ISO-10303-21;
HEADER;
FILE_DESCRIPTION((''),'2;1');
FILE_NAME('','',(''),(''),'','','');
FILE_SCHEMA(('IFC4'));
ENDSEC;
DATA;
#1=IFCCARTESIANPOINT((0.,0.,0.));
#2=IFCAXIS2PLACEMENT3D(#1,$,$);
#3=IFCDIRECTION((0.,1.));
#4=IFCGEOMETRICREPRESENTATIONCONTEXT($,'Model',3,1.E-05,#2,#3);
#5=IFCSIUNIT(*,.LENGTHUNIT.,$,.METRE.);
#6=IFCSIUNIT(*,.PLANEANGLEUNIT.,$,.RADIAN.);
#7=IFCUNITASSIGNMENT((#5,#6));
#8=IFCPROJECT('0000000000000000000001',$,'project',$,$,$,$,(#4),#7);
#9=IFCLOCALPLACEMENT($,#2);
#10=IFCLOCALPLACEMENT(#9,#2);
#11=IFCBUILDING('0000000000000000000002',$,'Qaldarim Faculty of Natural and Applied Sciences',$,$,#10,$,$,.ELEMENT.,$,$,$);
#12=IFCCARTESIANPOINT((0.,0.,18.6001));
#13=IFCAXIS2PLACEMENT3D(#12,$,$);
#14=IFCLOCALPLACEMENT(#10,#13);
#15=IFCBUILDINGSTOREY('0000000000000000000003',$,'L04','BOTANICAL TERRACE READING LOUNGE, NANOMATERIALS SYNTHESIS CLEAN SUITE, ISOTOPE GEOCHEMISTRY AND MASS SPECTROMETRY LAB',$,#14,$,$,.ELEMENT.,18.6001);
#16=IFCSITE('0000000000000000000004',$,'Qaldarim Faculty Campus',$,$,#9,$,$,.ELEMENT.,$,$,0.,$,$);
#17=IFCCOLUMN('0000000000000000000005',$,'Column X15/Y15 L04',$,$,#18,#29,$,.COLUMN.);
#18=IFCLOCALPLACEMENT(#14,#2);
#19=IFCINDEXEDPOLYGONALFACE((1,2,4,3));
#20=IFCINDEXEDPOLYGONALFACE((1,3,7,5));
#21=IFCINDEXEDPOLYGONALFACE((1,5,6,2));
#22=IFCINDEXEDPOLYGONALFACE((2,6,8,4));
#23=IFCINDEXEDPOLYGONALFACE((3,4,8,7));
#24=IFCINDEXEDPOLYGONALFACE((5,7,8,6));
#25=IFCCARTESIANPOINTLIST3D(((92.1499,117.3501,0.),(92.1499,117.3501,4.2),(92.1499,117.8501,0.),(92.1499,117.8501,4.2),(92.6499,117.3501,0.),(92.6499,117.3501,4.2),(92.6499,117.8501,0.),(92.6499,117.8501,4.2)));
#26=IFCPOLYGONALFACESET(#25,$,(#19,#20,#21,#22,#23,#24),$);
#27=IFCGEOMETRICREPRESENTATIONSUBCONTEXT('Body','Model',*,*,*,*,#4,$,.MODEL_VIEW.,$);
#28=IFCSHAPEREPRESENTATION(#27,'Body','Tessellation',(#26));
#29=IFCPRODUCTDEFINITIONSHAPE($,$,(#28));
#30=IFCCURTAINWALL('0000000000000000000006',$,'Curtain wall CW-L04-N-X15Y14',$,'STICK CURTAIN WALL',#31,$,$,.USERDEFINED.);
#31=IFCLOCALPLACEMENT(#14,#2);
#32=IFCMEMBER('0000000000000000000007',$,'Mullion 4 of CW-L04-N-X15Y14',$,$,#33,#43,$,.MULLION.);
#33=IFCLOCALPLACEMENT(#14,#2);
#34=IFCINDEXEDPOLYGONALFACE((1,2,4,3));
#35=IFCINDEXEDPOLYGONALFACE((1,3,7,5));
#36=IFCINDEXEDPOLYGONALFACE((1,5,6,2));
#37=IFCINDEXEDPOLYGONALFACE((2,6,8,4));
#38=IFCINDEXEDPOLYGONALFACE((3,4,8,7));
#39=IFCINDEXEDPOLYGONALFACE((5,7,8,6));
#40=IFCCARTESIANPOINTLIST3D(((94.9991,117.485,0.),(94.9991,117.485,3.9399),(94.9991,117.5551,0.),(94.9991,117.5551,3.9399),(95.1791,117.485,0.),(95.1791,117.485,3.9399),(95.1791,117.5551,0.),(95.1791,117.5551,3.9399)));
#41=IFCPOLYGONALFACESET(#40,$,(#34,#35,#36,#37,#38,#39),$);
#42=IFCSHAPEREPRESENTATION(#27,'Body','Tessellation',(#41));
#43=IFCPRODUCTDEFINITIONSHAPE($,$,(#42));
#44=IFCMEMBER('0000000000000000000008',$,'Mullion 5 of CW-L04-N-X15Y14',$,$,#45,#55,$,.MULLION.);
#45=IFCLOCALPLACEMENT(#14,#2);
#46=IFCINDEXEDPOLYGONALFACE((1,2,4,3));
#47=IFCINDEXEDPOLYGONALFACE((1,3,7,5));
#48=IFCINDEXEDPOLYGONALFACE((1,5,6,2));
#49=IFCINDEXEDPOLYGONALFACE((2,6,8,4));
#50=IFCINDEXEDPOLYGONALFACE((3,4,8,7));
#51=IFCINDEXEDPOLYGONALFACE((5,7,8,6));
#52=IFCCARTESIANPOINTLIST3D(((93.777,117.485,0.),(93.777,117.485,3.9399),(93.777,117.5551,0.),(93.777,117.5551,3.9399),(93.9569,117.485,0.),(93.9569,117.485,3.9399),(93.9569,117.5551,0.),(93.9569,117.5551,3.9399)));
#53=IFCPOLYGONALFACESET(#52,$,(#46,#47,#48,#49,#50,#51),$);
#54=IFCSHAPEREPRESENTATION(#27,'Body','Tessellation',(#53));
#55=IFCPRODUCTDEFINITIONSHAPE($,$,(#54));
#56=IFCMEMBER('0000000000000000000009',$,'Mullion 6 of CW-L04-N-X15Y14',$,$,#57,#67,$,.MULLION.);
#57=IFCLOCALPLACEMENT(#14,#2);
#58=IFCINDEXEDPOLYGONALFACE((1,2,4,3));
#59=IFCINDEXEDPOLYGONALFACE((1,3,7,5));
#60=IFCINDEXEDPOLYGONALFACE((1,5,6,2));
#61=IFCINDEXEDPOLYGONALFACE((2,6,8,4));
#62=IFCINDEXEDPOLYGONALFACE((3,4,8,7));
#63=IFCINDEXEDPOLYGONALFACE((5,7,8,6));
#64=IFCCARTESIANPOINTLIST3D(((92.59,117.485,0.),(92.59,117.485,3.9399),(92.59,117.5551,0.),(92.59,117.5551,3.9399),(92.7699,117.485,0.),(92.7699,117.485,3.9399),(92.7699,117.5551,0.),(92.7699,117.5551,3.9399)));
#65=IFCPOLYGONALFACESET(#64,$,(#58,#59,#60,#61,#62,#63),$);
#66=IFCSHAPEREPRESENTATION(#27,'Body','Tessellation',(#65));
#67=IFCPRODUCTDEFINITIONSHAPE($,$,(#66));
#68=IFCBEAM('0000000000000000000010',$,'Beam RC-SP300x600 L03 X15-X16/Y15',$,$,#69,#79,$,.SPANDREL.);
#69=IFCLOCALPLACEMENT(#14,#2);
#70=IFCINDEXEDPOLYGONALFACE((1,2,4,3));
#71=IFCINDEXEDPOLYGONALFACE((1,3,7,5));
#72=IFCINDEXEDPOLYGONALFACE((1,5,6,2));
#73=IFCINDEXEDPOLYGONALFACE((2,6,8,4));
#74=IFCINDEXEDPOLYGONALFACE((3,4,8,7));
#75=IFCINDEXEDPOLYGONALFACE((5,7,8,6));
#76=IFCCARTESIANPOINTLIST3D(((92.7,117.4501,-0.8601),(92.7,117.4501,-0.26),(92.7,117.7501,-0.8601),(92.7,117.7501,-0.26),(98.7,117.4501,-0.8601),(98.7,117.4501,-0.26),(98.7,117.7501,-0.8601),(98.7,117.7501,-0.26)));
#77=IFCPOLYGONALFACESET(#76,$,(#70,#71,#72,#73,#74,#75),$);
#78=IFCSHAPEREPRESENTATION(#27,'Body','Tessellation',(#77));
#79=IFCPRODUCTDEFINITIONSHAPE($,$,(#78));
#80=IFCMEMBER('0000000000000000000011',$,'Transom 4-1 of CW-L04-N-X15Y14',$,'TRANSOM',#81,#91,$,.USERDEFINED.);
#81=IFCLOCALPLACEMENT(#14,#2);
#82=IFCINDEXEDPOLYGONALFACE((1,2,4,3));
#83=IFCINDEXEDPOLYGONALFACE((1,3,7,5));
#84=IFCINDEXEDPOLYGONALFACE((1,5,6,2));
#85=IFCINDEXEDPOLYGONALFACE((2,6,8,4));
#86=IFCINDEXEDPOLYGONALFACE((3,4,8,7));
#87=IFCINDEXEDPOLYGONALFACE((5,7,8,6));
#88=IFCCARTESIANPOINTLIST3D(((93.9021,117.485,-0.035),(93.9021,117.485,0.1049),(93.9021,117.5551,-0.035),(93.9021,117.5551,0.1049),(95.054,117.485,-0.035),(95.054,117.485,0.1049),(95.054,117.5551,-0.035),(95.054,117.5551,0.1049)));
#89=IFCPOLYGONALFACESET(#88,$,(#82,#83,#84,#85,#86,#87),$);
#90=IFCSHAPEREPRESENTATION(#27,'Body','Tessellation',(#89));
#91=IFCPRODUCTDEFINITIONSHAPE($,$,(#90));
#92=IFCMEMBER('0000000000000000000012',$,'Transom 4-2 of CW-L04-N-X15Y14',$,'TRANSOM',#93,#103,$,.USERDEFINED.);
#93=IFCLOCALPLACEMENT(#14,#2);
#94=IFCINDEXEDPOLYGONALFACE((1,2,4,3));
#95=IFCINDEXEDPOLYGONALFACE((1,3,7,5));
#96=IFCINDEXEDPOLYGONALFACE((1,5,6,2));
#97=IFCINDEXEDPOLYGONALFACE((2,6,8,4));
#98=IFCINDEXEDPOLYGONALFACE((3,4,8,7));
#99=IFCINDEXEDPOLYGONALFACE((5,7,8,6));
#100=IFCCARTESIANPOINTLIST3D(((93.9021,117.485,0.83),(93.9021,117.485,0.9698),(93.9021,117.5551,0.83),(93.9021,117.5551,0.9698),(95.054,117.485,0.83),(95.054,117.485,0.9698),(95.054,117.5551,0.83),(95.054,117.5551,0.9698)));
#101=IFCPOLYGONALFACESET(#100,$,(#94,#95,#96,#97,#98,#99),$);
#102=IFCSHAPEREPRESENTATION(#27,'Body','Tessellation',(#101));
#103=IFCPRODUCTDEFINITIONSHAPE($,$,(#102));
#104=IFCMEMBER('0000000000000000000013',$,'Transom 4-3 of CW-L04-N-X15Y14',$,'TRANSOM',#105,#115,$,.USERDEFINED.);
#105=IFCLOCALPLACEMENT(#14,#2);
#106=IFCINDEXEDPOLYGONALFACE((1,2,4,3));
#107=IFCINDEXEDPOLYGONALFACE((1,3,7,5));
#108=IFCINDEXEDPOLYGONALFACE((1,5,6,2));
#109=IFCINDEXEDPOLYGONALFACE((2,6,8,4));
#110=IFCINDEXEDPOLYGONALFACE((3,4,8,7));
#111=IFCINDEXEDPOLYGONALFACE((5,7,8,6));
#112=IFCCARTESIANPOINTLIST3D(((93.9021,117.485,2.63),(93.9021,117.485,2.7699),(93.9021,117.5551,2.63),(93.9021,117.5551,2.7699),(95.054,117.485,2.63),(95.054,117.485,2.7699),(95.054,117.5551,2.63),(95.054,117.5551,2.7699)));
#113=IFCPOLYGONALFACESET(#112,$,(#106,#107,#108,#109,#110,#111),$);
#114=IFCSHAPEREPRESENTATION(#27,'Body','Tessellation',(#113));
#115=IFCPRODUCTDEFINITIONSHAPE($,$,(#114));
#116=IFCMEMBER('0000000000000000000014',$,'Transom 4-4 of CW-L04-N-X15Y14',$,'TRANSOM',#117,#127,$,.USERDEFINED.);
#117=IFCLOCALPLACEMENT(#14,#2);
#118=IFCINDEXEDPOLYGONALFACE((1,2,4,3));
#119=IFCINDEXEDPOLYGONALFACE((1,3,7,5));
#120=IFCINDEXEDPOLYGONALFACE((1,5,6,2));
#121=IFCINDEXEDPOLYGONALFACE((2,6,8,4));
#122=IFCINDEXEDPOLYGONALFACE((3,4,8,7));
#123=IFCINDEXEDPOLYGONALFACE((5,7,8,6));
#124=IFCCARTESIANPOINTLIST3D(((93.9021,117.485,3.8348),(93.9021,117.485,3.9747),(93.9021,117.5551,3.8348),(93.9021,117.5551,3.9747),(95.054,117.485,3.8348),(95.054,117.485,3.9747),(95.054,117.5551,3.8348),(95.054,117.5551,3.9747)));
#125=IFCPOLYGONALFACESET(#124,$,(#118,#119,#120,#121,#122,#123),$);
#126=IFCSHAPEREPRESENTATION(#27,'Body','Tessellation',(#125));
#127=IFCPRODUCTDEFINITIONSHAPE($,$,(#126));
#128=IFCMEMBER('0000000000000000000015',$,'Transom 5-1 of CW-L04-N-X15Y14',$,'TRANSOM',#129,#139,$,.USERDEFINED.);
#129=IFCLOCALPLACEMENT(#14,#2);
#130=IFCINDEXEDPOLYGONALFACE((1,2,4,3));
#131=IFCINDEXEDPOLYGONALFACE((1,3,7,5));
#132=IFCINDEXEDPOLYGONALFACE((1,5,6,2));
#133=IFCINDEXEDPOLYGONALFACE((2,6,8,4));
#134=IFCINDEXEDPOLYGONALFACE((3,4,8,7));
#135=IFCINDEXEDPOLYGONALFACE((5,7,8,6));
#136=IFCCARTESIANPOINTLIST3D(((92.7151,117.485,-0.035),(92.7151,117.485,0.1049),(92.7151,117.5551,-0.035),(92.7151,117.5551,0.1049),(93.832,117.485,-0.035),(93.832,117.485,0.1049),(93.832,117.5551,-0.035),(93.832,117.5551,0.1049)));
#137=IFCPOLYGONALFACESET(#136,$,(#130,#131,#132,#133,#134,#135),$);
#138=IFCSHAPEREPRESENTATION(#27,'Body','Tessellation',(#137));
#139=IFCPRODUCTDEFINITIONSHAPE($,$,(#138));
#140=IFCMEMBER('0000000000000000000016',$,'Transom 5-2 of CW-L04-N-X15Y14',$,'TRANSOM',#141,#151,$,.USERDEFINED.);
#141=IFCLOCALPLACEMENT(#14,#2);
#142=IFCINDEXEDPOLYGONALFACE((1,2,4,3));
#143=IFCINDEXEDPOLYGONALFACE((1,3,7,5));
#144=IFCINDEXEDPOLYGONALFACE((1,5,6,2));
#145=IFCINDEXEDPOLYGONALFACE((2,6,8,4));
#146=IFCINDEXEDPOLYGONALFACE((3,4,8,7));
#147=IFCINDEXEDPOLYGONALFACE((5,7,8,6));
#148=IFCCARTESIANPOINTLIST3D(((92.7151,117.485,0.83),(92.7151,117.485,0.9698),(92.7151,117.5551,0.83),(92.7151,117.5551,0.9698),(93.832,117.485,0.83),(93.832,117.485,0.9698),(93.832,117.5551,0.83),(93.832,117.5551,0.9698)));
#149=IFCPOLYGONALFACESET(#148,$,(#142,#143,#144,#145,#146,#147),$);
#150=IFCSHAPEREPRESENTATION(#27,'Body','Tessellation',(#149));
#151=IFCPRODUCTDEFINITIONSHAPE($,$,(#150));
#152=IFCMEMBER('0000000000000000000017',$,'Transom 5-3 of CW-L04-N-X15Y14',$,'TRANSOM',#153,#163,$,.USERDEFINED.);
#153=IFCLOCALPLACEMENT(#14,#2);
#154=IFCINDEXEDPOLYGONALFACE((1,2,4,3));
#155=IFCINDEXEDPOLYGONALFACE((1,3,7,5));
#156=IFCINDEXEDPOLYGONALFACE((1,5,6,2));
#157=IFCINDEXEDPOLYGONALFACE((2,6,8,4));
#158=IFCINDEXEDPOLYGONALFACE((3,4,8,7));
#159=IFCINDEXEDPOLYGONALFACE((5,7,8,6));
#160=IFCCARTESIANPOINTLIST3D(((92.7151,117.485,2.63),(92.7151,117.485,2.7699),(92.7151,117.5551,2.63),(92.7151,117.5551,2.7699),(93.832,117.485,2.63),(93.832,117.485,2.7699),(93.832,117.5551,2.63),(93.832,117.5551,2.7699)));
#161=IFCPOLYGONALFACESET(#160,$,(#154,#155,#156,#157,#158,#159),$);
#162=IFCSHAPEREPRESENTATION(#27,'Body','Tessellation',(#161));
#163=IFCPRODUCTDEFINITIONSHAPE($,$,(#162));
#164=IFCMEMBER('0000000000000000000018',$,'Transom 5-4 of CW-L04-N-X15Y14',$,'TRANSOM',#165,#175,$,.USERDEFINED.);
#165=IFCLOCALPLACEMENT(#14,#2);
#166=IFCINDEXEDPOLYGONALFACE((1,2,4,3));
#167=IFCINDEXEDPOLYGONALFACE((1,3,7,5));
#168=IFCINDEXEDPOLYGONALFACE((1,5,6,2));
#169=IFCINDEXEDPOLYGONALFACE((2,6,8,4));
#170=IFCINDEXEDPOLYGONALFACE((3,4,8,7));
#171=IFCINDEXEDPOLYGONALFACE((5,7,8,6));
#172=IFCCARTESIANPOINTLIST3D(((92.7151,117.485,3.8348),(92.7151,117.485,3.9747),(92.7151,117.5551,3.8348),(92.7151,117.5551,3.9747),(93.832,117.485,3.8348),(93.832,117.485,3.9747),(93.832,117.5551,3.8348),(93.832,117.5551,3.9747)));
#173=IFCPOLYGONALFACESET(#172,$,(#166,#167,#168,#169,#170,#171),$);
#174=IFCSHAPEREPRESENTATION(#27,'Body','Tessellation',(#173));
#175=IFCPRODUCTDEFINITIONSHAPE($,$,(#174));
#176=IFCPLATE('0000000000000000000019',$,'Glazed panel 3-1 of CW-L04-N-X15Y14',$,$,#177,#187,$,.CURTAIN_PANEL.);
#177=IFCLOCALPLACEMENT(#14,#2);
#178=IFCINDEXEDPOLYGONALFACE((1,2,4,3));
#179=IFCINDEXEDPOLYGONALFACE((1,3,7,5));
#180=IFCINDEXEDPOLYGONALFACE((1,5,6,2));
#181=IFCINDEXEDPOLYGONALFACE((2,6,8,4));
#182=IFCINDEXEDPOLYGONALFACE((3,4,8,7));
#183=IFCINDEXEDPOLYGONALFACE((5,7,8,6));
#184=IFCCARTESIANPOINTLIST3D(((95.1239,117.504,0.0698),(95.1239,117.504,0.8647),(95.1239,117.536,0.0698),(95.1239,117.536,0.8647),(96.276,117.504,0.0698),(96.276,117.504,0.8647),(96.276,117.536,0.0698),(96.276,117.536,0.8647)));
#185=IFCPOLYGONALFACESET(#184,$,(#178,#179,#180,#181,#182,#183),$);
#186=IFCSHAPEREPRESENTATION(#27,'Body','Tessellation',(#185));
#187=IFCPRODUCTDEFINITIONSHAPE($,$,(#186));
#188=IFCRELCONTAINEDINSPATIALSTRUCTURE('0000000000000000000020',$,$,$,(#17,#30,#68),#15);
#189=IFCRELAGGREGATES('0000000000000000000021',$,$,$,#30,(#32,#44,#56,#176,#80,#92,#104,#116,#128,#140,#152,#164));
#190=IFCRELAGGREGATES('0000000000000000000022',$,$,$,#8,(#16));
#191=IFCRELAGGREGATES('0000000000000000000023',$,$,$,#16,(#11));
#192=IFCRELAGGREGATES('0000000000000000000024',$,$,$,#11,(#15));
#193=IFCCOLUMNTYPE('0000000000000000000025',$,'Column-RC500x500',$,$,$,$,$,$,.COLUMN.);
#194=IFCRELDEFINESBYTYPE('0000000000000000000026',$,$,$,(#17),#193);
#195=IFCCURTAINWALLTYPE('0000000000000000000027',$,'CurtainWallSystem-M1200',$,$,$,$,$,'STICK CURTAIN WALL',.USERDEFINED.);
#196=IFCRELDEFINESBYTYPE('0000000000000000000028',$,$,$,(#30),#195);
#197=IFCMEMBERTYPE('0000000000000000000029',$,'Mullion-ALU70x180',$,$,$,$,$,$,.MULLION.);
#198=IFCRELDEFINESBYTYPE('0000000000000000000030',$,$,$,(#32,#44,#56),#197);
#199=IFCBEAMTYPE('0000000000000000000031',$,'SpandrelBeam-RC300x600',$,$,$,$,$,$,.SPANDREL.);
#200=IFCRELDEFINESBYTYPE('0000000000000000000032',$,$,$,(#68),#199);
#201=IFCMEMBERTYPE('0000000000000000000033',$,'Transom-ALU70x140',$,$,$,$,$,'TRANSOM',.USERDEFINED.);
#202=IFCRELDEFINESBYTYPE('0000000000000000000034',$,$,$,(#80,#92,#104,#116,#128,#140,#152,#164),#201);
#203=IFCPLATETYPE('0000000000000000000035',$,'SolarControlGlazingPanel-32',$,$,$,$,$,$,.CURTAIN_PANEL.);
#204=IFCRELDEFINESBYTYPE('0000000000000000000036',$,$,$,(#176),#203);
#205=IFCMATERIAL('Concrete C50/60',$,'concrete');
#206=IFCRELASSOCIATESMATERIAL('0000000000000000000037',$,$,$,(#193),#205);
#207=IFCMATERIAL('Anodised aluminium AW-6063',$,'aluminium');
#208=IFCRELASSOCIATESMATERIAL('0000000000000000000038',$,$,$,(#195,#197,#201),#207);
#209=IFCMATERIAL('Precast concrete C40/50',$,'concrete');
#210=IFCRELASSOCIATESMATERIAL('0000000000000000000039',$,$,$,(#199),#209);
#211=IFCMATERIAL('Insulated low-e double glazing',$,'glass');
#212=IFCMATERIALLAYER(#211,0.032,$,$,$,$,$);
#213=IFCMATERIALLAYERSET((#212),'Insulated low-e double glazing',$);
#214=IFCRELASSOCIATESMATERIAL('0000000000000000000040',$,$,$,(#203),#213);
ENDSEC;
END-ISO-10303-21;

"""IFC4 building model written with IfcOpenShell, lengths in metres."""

from ifc_helpers import new_model, si_unit, direction, frame, origin, origin_2d, place, context, subcontext, project, spatial, rectangle, extrude, material, layer, layer_set, material_profile, profile_set, type_object, element, aggregate, save


model = new_model("IFC4")

# Units and contexts
model_context = context("Model", 3, precision=1e-05, world=origin(), true_north=direction((0.0, 1.0)))
body_context = subcontext(model_context, "Body", "Model", "MODEL_VIEW")
ifc_project = project(units=[si_unit("LENGTHUNIT", "METRE"), si_unit("PLANEANGLEUNIT", "RADIAN")], contexts=[model_context])

# Site, building, storey
site_placement = place(None, origin())
site = spatial("IfcSite", under=ifc_project, at=site_placement, Name="Qaldarim Faculty Campus", CompositionType="ELEMENT", RefElevation=0.0)
building_placement = place(site_placement, origin())
building = spatial("IfcBuilding", under=site, at=building_placement, Name="Qaldarim Faculty of Natural and Applied Sciences", CompositionType="ELEMENT")
storey_placement = place(building_placement, frame((0.0, 0.0, 18.6001)))
storey = spatial("IfcBuildingStorey", under=building, at=storey_placement, Name="L04", Description="BOTANICAL TERRACE READING LOUNGE, NANOMATERIALS SYNTHESIS CLEAN SUITE, ISOTOPE GEOCHEMISTRY AND MASS SPECTROMETRY LAB", CompositionType="ELEMENT", Elevation=18.6001)

# Column
ifc_material_1 = material(Name="Concrete C50/60", Category="concrete")
ifc_material_profile_1 = material_profile(ifc_material_1, rectangle(XDim=0.5, YDim=0.5, at=origin_2d()), Name="RC-C500x500")
ifc_profile_set_1 = profile_set([ifc_material_profile_1], Name="Concrete C50/60")
column_type = type_object("IfcColumnType", Name="Column-RC500x500", PredefinedType="COLUMN", material=ifc_profile_set_1)
column_placement = place(storey_placement, frame((92.3999, 117.6001, 0.0), z_axis=(0.0, 0.0, 1.0), x_axis=(1.0, 0.0, 0.0)))
element("IfcColumn", 1, at=column_placement, inside=storey, type_object=column_type, Name="Column X15/Y15 L04", PredefinedType="COLUMN", context=body_context, shape_type="SweptSolid", body=[
    extrude(rectangle(XDim=0.5, YDim=0.5, at=origin_2d()), origin(), (0.0, 0.0, 1.0), 4.2),
])

# Curtain wall, members
ifc_material_2 = material(Name="Anodised aluminium AW-6063", Category="aluminium")
curtain_wall_type = type_object("IfcCurtainWallType", Name="CurtainWallSystem-M1200", ElementType="STICK CURTAIN WALL", PredefinedType="USERDEFINED", material=ifc_material_2)
curtain_wall_placement = place(storey_placement, origin())
curtain_wall = element("IfcCurtainWall", 2, at=curtain_wall_placement, inside=storey, type_object=curtain_wall_type, Name="Curtain wall CW-L04-N-X15Y14", ObjectType="STICK CURTAIN WALL", PredefinedType="USERDEFINED")
ifc_material_profile_2 = material_profile(ifc_material_2, rectangle(XDim=0.0701, YDim=0.1799, at=origin_2d()), Name="ALU-M70x180")
ifc_profile_set_2 = profile_set([ifc_material_profile_2], Name="Anodised aluminium AW-6063")
member_type_1 = type_object("IfcMemberType", Name="Mullion-ALU70x180", PredefinedType="MULLION", material=ifc_profile_set_2)
member_1_placement = place(storey_placement, frame((95.0891, 117.52, 0.0), z_axis=(0.0, 0.0, 1.0), x_axis=(0.0, -1.0, 0.0)))
member_1 = element("IfcMember", 3, at=member_1_placement, type_object=member_type_1, Name="Mullion 4 of CW-L04-N-X15Y14", PredefinedType="MULLION", context=body_context, shape_type="SweptSolid", body=[
    extrude(rectangle(XDim=0.0701, YDim=0.1799, at=origin_2d()), origin(), (0.0, 0.0, 1.0), 3.9399),
])
member_2_placement = place(storey_placement, frame((93.8669, 117.52, 0.0), z_axis=(0.0, 0.0, 1.0), x_axis=(0.0, -1.0, 0.0)))
member_2 = element("IfcMember", 4, at=member_2_placement, type_object=member_type_1, Name="Mullion 5 of CW-L04-N-X15Y14", PredefinedType="MULLION", context=body_context, shape_type="SweptSolid", body=[
    extrude(rectangle(XDim=0.0701, YDim=0.1799, at=origin_2d()), origin(), (0.0, 0.0, 1.0), 3.9399),
])
member_3_placement = place(storey_placement, frame((92.6799, 117.52, 0.0), z_axis=(0.0, 0.0, 1.0), x_axis=(0.0, -1.0, 0.0)))
member_3 = element("IfcMember", 5, at=member_3_placement, type_object=member_type_1, Name="Mullion 6 of CW-L04-N-X15Y14", PredefinedType="MULLION", context=body_context, shape_type="SweptSolid", body=[
    extrude(rectangle(XDim=0.0701, YDim=0.1799, at=origin_2d()), origin(), (0.0, 0.0, 1.0), 3.9399),
])

# Beam
ifc_material_3 = material(Name="Precast concrete C40/50", Category="concrete")
ifc_material_profile_3 = material_profile(ifc_material_3, rectangle(XDim=0.3, YDim=0.6001, at=origin_2d()), Name="RC-SP300x600")
ifc_profile_set_3 = profile_set([ifc_material_profile_3], Name="Precast concrete C40/50")
beam_type = type_object("IfcBeamType", Name="SpandrelBeam-RC300x600", PredefinedType="SPANDREL", material=ifc_profile_set_3)
beam_placement = place(storey_placement, frame((92.7, 117.6001, -0.5601), z_axis=(1.0, 0.0, 0.0), x_axis=(0.0, 1.0, 0.0)))
element("IfcBeam", 6, at=beam_placement, inside=storey, type_object=beam_type, Name="Beam RC-SP300x600 L03 X15-X16/Y15", PredefinedType="SPANDREL", context=body_context, shape_type="SweptSolid", body=[
    extrude(rectangle(XDim=0.3, YDim=0.6001, at=origin_2d()), origin(), (0.0, 0.0, 1.0), 6.0),
])

# Members
ifc_material_profile_4 = material_profile(ifc_material_2, rectangle(XDim=0.0701, YDim=0.1399, at=origin_2d()), Name="ALU-T70x140")
ifc_profile_set_4 = profile_set([ifc_material_profile_4], Name="Anodised aluminium AW-6063")
member_type_2 = type_object("IfcMemberType", Name="Transom-ALU70x140", ElementType="TRANSOM", PredefinedType="USERDEFINED", material=ifc_profile_set_4)
member_4_placement = place(storey_placement, frame((95.054, 117.52, 0.0349), z_axis=(-1.0, 0.0, 0.0), x_axis=(0.0, -1.0, 0.0)))
member_4 = element("IfcMember", 7, at=member_4_placement, type_object=member_type_2, Name="Transom 4-1 of CW-L04-N-X15Y14", ObjectType="TRANSOM", PredefinedType="USERDEFINED", context=body_context, shape_type="SweptSolid", body=[
    extrude(rectangle(XDim=0.0701, YDim=0.1399, at=origin_2d()), origin(), (0.0, 0.0, 1.0), 1.1519),
])
member_5_placement = place(storey_placement, frame((95.054, 117.52, 0.8999), z_axis=(-1.0, 0.0, 0.0), x_axis=(0.0, -1.0, 0.0)))
member_5 = element("IfcMember", 8, at=member_5_placement, type_object=member_type_2, Name="Transom 4-2 of CW-L04-N-X15Y14", ObjectType="TRANSOM", PredefinedType="USERDEFINED", context=body_context, shape_type="SweptSolid", body=[
    extrude(rectangle(XDim=0.0701, YDim=0.1399, at=origin_2d()), origin(), (0.0, 0.0, 1.0), 1.1519),
])
member_6_placement = place(storey_placement, frame((95.054, 117.52, 2.7), z_axis=(-1.0, 0.0, 0.0), x_axis=(0.0, -1.0, 0.0)))
member_6 = element("IfcMember", 9, at=member_6_placement, type_object=member_type_2, Name="Transom 4-3 of CW-L04-N-X15Y14", ObjectType="TRANSOM", PredefinedType="USERDEFINED", context=body_context, shape_type="SweptSolid", body=[
    extrude(rectangle(XDim=0.0701, YDim=0.1399, at=origin_2d()), origin(), (0.0, 0.0, 1.0), 1.1519),
])
member_7_placement = place(storey_placement, frame((95.054, 117.52, 3.9048), z_axis=(-1.0, 0.0, 0.0), x_axis=(0.0, -1.0, 0.0)))
member_7 = element("IfcMember", 10, at=member_7_placement, type_object=member_type_2, Name="Transom 4-4 of CW-L04-N-X15Y14", ObjectType="TRANSOM", PredefinedType="USERDEFINED", context=body_context, shape_type="SweptSolid", body=[
    extrude(rectangle(XDim=0.0701, YDim=0.1399, at=origin_2d()), origin(), (0.0, 0.0, 1.0), 1.1519),
])
member_8_placement = place(storey_placement, frame((93.832, 117.52, 0.0349), z_axis=(-1.0, 0.0, 0.0), x_axis=(0.0, -1.0, 0.0)))
member_8 = element("IfcMember", 11, at=member_8_placement, type_object=member_type_2, Name="Transom 5-1 of CW-L04-N-X15Y14", ObjectType="TRANSOM", PredefinedType="USERDEFINED", context=body_context, shape_type="SweptSolid", body=[
    extrude(rectangle(XDim=0.0701, YDim=0.1399, at=origin_2d()), origin(), (0.0, 0.0, 1.0), 1.1169),
])
member_9_placement = place(storey_placement, frame((93.832, 117.52, 0.8999), z_axis=(-1.0, 0.0, 0.0), x_axis=(0.0, -1.0, 0.0)))
member_9 = element("IfcMember", 12, at=member_9_placement, type_object=member_type_2, Name="Transom 5-2 of CW-L04-N-X15Y14", ObjectType="TRANSOM", PredefinedType="USERDEFINED", context=body_context, shape_type="SweptSolid", body=[
    extrude(rectangle(XDim=0.0701, YDim=0.1399, at=origin_2d()), origin(), (0.0, 0.0, 1.0), 1.1169),
])
member_10_placement = place(storey_placement, frame((93.832, 117.52, 2.7), z_axis=(-1.0, 0.0, 0.0), x_axis=(0.0, -1.0, 0.0)))
member_10 = element("IfcMember", 13, at=member_10_placement, type_object=member_type_2, Name="Transom 5-3 of CW-L04-N-X15Y14", ObjectType="TRANSOM", PredefinedType="USERDEFINED", context=body_context, shape_type="SweptSolid", body=[
    extrude(rectangle(XDim=0.0701, YDim=0.1399, at=origin_2d()), origin(), (0.0, 0.0, 1.0), 1.1169),
])
member_11_placement = place(storey_placement, frame((93.832, 117.52, 3.9048), z_axis=(-1.0, 0.0, 0.0), x_axis=(0.0, -1.0, 0.0)))
member_11 = element("IfcMember", 14, at=member_11_placement, type_object=member_type_2, Name="Transom 5-4 of CW-L04-N-X15Y14", ObjectType="TRANSOM", PredefinedType="USERDEFINED", context=body_context, shape_type="SweptSolid", body=[
    extrude(rectangle(XDim=0.0701, YDim=0.1399, at=origin_2d()), origin(), (0.0, 0.0, 1.0), 1.1169),
])

# Plate
ifc_material_4 = material(Name="Insulated low-e double glazing", Category="glass")
ifc_layer_1 = layer(ifc_material_4, 0.032)
ifc_layer_set_1 = layer_set([ifc_layer_1], Name="Insulated low-e double glazing")
plate_type = type_object("IfcPlateType", Name="SolarControlGlazingPanel-32", PredefinedType="CURTAIN_PANEL", material=ifc_layer_set_1)
plate_1_placement = place(storey_placement, frame((95.7, 117.52, 0.0698), z_axis=(0.0, 0.0, 1.0), x_axis=(-1.0, 0.0, 0.0)))
plate_1 = element("IfcPlate", 15, at=plate_1_placement, type_object=plate_type, Name="Glazed panel 3-1 of CW-L04-N-X15Y14", PredefinedType="CURTAIN_PANEL", context=body_context, shape_type="SweptSolid", body=[
    extrude(rectangle(XDim=1.1521, YDim=0.032, at=origin_2d()), origin(), (0.0, 0.0, 1.0), 0.7949),
])
aggregate(curtain_wall, [member_1, member_2, member_3, plate_1, member_4, member_5, member_6, member_7, member_8, member_9, member_10, member_11])

save(model, "model.ifc")
